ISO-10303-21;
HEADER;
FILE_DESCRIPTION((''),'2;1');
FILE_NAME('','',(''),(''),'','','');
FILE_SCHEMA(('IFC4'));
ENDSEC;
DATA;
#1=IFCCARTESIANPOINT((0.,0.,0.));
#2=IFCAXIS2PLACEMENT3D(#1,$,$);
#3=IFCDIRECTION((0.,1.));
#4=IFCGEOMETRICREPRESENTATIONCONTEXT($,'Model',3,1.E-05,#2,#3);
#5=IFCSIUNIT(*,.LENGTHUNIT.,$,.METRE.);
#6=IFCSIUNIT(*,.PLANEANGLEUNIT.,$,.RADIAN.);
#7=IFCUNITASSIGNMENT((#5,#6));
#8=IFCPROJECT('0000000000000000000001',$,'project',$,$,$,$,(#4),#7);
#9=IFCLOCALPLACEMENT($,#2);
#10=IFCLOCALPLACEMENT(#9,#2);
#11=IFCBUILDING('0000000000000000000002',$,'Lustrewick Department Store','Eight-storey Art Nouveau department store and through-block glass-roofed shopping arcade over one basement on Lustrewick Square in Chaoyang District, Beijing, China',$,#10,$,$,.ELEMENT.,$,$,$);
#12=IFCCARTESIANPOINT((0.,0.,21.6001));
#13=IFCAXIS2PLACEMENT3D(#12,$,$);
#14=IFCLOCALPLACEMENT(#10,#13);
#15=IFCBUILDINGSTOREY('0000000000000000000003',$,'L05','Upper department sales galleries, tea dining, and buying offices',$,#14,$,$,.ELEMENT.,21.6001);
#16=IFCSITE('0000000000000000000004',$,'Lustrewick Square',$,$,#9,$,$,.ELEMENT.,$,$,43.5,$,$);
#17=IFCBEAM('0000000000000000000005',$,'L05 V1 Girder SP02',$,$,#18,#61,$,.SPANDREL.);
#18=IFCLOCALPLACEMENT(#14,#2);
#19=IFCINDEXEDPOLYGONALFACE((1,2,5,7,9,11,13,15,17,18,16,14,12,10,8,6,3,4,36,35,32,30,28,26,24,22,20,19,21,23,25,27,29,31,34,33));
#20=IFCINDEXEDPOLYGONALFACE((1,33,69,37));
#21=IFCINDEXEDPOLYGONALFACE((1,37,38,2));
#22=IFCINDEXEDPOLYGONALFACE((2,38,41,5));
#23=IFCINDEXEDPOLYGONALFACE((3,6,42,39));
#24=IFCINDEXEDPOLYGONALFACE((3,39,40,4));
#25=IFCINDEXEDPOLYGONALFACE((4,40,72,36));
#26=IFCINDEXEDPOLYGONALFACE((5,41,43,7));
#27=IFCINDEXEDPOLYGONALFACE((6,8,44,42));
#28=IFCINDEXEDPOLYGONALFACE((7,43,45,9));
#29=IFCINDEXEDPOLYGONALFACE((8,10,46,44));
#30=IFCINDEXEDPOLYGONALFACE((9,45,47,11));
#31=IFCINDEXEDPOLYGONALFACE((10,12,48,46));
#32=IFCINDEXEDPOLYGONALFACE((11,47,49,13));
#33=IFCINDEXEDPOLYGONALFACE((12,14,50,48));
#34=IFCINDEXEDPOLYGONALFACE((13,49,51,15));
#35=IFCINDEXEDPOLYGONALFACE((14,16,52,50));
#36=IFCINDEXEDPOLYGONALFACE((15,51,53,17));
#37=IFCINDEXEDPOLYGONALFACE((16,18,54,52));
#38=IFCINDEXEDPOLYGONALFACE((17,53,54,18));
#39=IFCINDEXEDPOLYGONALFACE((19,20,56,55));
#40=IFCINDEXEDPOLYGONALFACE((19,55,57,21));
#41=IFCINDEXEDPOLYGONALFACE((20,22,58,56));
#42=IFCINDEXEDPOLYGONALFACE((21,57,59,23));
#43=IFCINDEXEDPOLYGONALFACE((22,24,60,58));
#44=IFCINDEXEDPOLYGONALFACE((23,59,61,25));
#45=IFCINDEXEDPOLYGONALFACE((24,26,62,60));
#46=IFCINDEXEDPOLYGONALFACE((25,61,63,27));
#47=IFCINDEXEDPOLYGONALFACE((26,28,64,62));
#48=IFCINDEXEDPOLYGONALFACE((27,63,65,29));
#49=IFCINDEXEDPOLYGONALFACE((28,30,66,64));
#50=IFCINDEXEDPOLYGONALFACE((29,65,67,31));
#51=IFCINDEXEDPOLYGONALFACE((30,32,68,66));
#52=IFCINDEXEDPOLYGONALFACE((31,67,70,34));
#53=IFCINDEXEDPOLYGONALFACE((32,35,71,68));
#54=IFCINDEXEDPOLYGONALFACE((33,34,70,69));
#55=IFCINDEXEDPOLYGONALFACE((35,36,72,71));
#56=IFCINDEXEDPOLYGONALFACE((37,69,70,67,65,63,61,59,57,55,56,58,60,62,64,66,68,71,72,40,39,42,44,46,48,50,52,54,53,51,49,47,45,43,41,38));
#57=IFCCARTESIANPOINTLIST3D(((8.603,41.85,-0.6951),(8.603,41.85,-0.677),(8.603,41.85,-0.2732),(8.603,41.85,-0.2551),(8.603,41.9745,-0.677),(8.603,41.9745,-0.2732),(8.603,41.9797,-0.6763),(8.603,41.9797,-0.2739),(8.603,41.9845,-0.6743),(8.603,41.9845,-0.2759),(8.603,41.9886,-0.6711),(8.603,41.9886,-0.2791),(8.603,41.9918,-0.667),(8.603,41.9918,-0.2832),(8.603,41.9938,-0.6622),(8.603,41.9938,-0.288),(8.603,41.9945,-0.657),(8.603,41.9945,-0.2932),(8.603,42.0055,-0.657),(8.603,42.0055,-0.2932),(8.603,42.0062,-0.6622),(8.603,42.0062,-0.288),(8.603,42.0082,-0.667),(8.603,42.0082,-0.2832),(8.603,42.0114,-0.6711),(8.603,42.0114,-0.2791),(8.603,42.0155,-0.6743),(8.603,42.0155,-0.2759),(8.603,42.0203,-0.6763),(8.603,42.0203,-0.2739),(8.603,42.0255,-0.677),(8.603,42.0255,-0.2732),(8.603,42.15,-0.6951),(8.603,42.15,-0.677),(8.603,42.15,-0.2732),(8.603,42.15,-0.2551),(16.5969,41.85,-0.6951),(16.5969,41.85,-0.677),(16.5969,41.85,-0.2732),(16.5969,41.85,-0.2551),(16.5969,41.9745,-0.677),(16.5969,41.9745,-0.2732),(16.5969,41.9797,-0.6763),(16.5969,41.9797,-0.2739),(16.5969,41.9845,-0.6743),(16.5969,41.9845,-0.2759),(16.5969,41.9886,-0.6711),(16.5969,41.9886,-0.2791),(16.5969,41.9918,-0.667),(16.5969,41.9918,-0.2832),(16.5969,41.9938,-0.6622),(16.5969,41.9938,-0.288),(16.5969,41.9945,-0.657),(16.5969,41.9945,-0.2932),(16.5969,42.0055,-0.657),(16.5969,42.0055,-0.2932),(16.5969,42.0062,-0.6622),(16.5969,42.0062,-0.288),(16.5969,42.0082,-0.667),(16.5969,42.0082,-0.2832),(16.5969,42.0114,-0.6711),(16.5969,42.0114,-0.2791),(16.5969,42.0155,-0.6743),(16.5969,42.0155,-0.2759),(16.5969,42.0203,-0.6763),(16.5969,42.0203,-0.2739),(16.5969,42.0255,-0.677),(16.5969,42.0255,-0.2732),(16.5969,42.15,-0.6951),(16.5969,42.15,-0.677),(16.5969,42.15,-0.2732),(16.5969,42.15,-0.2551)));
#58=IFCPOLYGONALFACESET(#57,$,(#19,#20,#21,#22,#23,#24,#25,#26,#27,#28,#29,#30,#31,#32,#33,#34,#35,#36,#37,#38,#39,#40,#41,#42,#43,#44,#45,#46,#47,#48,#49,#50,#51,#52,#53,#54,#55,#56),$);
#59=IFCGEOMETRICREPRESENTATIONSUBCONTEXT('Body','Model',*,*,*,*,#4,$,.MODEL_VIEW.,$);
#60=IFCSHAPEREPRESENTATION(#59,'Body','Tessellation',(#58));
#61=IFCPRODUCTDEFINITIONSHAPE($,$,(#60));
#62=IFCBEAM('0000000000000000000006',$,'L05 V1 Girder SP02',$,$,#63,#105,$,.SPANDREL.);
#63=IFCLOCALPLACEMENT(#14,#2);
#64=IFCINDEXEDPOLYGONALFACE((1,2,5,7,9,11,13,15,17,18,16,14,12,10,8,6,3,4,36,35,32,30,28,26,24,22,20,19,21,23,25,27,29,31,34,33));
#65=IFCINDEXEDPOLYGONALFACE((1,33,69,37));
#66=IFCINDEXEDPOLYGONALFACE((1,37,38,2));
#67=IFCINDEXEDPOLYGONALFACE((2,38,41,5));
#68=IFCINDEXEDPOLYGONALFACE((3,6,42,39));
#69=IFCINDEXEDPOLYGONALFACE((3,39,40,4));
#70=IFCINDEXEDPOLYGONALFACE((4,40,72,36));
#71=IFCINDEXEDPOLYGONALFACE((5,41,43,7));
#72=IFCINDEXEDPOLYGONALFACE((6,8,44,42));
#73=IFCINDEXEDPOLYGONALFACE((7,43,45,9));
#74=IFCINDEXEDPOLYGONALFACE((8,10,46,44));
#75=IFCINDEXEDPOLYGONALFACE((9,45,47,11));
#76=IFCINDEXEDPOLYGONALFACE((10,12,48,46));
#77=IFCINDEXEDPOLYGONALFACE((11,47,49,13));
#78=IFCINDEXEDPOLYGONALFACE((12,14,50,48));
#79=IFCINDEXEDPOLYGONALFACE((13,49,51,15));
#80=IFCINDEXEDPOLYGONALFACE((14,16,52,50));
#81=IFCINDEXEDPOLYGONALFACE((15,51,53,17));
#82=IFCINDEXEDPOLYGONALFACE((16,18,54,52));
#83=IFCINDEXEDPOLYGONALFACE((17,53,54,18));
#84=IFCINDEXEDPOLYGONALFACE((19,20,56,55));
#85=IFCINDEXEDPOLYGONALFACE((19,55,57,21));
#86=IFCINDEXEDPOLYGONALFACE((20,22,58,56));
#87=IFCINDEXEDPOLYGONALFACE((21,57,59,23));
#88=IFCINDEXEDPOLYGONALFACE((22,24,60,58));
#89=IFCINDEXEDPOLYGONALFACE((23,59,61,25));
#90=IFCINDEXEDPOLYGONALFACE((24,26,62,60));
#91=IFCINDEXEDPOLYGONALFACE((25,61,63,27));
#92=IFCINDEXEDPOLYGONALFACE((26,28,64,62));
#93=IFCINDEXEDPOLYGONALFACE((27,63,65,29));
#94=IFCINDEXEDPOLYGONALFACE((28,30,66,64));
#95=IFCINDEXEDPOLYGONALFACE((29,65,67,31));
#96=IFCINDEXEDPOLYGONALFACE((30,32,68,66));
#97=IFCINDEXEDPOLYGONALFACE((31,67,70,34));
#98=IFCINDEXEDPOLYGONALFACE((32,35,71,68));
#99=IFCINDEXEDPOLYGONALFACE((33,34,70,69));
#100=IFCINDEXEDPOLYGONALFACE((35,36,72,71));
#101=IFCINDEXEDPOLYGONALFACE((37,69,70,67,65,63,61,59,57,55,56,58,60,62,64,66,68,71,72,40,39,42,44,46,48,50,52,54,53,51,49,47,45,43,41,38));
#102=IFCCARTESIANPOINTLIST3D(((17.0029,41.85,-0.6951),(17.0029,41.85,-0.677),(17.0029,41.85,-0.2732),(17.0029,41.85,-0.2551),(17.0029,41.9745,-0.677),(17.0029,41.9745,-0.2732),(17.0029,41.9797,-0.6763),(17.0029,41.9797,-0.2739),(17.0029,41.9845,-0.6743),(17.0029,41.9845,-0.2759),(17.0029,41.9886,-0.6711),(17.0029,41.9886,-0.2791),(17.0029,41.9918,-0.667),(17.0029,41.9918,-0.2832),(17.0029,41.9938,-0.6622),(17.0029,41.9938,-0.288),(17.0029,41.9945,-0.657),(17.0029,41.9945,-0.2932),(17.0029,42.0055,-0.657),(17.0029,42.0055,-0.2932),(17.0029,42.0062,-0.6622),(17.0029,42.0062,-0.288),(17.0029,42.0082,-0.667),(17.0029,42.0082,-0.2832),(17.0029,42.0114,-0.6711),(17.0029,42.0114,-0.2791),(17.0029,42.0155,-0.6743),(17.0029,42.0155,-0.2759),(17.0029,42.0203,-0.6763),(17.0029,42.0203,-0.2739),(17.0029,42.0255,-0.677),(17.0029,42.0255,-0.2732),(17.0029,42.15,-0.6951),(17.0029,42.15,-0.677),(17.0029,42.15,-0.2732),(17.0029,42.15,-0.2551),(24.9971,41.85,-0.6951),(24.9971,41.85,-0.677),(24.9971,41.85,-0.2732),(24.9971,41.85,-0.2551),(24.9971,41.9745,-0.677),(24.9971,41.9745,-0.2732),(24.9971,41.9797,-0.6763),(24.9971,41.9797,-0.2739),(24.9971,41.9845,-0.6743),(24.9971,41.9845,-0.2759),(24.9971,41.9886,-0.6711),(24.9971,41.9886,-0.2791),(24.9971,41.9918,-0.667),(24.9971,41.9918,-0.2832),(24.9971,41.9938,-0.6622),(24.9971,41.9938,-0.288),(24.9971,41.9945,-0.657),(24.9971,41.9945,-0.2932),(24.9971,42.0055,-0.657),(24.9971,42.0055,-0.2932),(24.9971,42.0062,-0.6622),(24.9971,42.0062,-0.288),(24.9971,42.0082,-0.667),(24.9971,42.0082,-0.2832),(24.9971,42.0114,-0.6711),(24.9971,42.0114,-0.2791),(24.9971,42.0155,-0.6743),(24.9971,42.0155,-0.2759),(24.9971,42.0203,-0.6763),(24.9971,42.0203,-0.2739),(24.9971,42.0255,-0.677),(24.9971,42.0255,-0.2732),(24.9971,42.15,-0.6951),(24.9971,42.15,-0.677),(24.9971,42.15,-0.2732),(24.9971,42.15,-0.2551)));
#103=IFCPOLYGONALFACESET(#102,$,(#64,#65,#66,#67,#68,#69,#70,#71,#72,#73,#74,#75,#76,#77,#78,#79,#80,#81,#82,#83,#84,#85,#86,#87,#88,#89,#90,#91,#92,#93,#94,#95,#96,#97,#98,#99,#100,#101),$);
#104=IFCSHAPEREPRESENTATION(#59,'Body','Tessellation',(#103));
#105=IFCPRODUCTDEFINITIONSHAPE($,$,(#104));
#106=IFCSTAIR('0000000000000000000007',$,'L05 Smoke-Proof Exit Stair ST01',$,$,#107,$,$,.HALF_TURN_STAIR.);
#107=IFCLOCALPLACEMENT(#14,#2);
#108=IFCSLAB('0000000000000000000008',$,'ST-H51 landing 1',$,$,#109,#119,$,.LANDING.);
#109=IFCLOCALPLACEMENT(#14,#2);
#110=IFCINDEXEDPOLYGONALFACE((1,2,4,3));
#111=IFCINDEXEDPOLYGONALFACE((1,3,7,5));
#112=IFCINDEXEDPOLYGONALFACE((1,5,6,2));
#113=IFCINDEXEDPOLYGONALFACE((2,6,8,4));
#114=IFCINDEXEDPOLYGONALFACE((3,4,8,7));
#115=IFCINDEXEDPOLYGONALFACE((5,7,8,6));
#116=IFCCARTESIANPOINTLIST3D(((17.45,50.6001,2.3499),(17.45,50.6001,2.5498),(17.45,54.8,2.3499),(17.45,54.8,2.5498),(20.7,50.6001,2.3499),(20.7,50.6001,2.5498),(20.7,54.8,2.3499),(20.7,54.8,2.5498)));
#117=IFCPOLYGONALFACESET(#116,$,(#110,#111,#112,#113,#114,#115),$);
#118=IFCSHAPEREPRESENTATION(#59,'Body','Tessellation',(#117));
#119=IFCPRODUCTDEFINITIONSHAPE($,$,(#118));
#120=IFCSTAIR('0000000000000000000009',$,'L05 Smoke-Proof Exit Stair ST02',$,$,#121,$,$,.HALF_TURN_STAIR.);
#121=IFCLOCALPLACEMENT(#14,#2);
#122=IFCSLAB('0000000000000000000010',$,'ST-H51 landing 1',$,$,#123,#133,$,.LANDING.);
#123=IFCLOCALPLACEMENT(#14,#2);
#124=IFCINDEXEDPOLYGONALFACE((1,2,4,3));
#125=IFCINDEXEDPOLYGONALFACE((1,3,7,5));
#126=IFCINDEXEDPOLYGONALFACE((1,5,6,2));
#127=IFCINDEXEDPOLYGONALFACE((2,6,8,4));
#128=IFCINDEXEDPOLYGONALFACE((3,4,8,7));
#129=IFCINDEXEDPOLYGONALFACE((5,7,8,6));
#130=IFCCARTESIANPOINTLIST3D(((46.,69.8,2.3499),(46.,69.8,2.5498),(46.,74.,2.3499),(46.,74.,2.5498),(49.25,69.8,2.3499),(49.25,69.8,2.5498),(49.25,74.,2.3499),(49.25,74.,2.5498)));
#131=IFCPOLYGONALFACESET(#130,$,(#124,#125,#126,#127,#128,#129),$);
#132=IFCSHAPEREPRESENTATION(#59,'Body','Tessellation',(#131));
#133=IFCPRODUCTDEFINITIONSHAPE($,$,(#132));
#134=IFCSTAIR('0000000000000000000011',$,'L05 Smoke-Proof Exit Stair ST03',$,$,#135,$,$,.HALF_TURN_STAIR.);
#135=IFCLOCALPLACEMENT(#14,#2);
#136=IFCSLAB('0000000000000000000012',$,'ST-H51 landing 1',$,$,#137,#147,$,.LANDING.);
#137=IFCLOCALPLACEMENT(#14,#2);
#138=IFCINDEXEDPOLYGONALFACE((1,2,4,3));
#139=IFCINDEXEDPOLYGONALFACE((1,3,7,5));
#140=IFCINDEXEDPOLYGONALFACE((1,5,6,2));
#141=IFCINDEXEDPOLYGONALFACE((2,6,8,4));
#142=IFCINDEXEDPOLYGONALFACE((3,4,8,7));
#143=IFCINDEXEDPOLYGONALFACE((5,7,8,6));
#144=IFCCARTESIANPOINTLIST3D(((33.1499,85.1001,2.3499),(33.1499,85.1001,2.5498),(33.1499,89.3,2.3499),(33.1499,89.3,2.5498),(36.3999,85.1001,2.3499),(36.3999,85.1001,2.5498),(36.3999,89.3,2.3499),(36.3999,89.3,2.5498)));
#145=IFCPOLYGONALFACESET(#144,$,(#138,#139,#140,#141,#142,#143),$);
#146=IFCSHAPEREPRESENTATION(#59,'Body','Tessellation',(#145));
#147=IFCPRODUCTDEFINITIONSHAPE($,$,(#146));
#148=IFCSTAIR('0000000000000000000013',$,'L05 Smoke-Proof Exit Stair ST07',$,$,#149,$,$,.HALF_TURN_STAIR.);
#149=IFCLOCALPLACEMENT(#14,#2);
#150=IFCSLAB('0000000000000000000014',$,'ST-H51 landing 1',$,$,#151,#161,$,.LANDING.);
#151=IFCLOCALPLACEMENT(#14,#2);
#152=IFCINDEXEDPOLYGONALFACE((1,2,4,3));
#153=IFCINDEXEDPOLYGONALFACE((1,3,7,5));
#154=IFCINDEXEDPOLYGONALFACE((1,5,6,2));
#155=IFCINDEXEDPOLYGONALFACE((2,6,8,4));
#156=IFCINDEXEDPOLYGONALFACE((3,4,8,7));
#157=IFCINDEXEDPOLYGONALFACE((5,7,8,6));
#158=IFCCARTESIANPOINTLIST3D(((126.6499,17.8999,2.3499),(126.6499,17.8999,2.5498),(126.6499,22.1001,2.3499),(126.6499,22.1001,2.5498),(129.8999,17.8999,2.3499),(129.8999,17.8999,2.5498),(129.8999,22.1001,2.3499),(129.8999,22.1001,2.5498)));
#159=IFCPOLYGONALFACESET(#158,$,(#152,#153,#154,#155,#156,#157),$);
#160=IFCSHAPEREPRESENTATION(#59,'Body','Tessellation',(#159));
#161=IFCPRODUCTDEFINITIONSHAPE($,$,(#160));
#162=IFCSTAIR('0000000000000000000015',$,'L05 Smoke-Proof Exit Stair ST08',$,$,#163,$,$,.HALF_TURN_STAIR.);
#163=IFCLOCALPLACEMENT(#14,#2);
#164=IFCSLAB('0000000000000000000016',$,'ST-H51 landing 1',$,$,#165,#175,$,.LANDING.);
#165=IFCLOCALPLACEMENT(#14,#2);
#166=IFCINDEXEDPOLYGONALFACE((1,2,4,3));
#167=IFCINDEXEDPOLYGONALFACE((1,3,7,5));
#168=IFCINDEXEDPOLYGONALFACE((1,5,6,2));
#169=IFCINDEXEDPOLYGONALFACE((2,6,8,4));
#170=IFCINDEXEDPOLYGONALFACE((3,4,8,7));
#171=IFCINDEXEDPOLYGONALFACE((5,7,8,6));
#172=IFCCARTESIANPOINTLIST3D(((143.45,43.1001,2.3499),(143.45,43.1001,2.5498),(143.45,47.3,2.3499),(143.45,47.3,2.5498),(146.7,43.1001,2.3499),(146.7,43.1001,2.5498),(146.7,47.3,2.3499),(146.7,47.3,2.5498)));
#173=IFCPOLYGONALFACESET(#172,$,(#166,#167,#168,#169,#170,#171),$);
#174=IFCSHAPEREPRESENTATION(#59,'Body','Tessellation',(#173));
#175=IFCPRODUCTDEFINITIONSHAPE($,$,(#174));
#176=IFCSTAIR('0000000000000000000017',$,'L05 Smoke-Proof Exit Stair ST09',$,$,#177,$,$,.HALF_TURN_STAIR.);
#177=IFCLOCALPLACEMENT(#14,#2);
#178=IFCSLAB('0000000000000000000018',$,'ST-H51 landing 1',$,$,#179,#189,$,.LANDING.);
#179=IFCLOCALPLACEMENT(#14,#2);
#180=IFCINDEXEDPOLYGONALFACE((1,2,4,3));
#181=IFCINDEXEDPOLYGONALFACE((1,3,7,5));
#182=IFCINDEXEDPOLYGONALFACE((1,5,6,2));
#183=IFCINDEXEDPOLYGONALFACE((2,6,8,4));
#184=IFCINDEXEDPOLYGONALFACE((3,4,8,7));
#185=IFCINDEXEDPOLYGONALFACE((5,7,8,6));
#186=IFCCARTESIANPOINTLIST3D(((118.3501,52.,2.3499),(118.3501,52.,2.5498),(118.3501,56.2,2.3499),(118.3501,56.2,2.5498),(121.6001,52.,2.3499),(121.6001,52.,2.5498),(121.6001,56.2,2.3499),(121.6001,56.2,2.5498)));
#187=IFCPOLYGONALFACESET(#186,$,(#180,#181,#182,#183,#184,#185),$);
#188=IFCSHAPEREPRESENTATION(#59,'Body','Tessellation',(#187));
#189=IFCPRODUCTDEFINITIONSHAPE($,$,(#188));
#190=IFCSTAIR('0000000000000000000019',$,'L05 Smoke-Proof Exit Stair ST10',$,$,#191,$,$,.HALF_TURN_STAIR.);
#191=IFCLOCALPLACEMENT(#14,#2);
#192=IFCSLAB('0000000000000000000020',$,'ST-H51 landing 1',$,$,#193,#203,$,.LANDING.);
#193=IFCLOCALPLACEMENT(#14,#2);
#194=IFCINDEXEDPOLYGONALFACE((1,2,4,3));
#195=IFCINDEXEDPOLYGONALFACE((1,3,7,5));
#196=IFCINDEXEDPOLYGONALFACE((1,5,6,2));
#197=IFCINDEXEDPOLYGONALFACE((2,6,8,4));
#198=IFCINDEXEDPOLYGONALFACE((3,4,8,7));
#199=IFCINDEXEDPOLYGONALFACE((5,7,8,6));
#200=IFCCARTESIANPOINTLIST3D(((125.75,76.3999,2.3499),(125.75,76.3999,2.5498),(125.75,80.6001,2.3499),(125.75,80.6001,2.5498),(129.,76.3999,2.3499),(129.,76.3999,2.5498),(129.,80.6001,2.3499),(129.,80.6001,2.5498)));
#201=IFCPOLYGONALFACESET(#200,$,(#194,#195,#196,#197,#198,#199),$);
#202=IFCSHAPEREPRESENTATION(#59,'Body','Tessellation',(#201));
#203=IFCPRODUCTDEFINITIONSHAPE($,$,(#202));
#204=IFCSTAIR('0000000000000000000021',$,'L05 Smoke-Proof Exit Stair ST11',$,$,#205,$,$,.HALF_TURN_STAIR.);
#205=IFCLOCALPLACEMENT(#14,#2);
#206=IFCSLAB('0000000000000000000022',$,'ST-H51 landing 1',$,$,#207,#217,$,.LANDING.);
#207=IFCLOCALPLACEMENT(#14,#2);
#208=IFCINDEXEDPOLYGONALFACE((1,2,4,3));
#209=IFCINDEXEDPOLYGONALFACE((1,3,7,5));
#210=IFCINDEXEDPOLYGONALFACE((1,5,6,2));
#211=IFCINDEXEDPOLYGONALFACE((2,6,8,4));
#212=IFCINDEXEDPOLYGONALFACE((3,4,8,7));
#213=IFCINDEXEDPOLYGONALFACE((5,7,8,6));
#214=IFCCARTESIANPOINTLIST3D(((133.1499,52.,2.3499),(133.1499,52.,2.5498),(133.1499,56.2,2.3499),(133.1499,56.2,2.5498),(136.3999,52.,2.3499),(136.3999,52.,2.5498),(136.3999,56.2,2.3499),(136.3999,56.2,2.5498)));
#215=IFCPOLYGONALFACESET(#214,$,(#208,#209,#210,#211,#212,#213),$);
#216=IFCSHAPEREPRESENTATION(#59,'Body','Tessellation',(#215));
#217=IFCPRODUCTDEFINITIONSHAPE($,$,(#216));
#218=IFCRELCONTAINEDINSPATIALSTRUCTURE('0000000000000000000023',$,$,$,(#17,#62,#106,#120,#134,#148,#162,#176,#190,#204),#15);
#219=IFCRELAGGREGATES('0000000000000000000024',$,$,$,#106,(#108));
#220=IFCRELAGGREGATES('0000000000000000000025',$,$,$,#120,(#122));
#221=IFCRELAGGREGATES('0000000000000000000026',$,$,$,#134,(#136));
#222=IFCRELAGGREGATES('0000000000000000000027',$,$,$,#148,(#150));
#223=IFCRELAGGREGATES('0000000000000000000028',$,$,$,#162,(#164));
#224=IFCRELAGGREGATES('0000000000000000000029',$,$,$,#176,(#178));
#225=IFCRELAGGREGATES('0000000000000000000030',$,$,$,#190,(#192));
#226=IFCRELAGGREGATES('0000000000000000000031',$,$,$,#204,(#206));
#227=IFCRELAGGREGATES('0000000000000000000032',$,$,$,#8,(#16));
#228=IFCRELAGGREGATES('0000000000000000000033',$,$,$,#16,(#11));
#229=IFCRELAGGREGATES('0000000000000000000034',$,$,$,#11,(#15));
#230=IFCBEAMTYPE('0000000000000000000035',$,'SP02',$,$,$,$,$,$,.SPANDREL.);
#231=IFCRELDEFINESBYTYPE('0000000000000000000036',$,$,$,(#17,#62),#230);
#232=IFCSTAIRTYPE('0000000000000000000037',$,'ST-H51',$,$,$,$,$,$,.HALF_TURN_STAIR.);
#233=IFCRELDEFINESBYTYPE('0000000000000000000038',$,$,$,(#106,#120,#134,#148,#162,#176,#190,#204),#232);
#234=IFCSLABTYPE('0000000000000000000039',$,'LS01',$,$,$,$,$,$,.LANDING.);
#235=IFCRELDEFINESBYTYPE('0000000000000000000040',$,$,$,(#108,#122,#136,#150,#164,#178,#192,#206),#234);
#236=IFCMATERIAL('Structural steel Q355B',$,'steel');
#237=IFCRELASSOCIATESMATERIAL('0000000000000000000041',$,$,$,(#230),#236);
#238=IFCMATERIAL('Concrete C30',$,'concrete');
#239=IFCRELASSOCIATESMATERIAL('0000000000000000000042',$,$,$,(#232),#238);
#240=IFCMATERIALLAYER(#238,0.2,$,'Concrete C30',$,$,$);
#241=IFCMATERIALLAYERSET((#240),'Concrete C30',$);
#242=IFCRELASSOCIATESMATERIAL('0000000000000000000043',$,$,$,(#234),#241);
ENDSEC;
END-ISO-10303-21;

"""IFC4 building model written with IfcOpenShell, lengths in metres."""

from ifc_helpers import new_model, si_unit, direction, frame, origin, origin_2d, place, context, subcontext, project, spatial, polyline, i_section, outline, extrude, material, layer, layer_set, material_profile, profile_set, type_object, element, aggregate, save


model = new_model("IFC4")

# Units and contexts
model_context = context("Model", 3, precision=1e-05, world=origin(), true_north=direction((0.0, 1.0)))
body_context = subcontext(model_context, "Body", "Model", "MODEL_VIEW")
ifc_project = project(units=[si_unit("LENGTHUNIT", "METRE"), si_unit("PLANEANGLEUNIT", "RADIAN")], contexts=[model_context])

# Site, building, storey
site_placement = place(None, origin())
site = spatial("IfcSite", under=ifc_project, at=site_placement, Name="Lustrewick Square", CompositionType="ELEMENT", RefElevation=43.5)
building_placement = place(site_placement, origin())
building = spatial("IfcBuilding", under=site, at=building_placement, Name="Lustrewick Department Store", Description="Eight-storey Art Nouveau department store and through-block glass-roofed shopping arcade over one basement on Lustrewick Square in Chaoyang District, Beijing, China", CompositionType="ELEMENT")
storey_placement = place(building_placement, frame((0.0, 0.0, 21.6001)))
storey = spatial("IfcBuildingStorey", under=building, at=storey_placement, Name="L05", Description="Upper department sales galleries, tea dining, and buying offices", CompositionType="ELEMENT", Elevation=21.6001)

# Shared definitions
ifc_material_1 = material(Name="Structural steel Q355B", Category="steel")

# Beams
ifc_material_profile_1 = material_profile(ifc_material_1, i_section(OverallWidth=0.3, OverallDepth=0.4399, WebThickness=0.011, FlangeThickness=0.0181, FilletRadius=0.02, at=origin_2d()), Name="HM 440x300x11x18")
ifc_profile_set_1 = profile_set([ifc_material_profile_1], Name="Structural steel Q355B")
beam_type = type_object("IfcBeamType", Name="SP02", PredefinedType="SPANDREL", material=ifc_profile_set_1)
beam_1_placement = place(storey_placement, frame((8.603, 42.0, -0.4751), z_axis=(1.0, 0.0, 0.0), x_axis=(0.0, 1.0, 0.0)))
element("IfcBeam", 1, at=beam_1_placement, inside=storey, type_object=beam_type, Name="L05 V1 Girder SP02", PredefinedType="SPANDREL", context=body_context, shape_type="SweptSolid", body=[
    extrude(i_section(OverallWidth=0.3, OverallDepth=0.4399, WebThickness=0.011, FlangeThickness=0.0181, FilletRadius=0.02, at=origin_2d()), origin(), (0.0, 0.0, 1.0), 7.9939),
])
beam_2_placement = place(storey_placement, frame((17.0029, 42.0, -0.4751), z_axis=(1.0, 0.0, 0.0), x_axis=(0.0, 1.0, 0.0)))
element("IfcBeam", 2, at=beam_2_placement, inside=storey, type_object=beam_type, Name="L05 V1 Girder SP02", PredefinedType="SPANDREL", context=body_context, shape_type="SweptSolid", body=[
    extrude(i_section(OverallWidth=0.3, OverallDepth=0.4399, WebThickness=0.011, FlangeThickness=0.0181, FilletRadius=0.02, at=origin_2d()), origin(), (0.0, 0.0, 1.0), 7.9941),
])

# Stairs, slabs
ifc_material_2 = material(Name="Concrete C30", Category="concrete")
stair_type = type_object("IfcStairType", Name="ST-H51", PredefinedType="HALF_TURN_STAIR", material=ifc_material_2)
stair_1_placement = place(storey_placement, origin())
stair_1 = element("IfcStair", 3, at=stair_1_placement, inside=storey, type_object=stair_type, Name="L05 Smoke-Proof Exit Stair ST01", PredefinedType="HALF_TURN_STAIR")
ifc_layer_1 = layer(ifc_material_2, 0.2, Name="Concrete C30")
ifc_layer_set_1 = layer_set([ifc_layer_1], Name="Concrete C30")
slab_type_1 = type_object("IfcSlabType", Name="LS01", PredefinedType="LANDING", material=ifc_layer_set_1)
slab_1_placement = place(storey_placement, frame((0.0, 0.0, 2.3499)))
slab_1 = element("IfcSlab", 4, at=slab_1_placement, type_object=slab_type_1, Name="ST-H51 landing 1", PredefinedType="LANDING", context=body_context, shape_type="SweptSolid", body=[
    extrude(outline(polyline([(17.45, 50.6001), (20.7, 50.6001), (20.7, 54.8), (17.45, 54.8), (17.45, 50.6001)])), origin(), (0.0, 0.0, 1.0), 0.2),
])
aggregate(stair_1, [slab_1])
stair_2_placement = place(storey_placement, origin())
stair_2 = element("IfcStair", 5, at=stair_2_placement, inside=storey, type_object=stair_type, Name="L05 Smoke-Proof Exit Stair ST02", PredefinedType="HALF_TURN_STAIR")
slab_2_placement = place(storey_placement, frame((0.0, 0.0, 2.3499)))
slab_2 = element("IfcSlab", 6, at=slab_2_placement, type_object=slab_type_1, Name="ST-H51 landing 1", PredefinedType="LANDING", context=body_context, shape_type="SweptSolid", body=[
    extrude(outline(polyline([(49.25, 74.0), (46.0, 74.0), (46.0, 69.8), (49.25, 69.8), (49.25, 74.0)])), origin(), (0.0, 0.0, 1.0), 0.2),
])
aggregate(stair_2, [slab_2])
stair_3_placement = place(storey_placement, origin())
stair_3 = element("IfcStair", 7, at=stair_3_placement, inside=storey, type_object=stair_type, Name="L05 Smoke-Proof Exit Stair ST03", PredefinedType="HALF_TURN_STAIR")
slab_3_placement = place(storey_placement, frame((0.0, 0.0, 2.3499)))
slab_3 = element("IfcSlab", 8, at=slab_3_placement, type_object=slab_type_1, Name="ST-H51 landing 1", PredefinedType="LANDING", context=body_context, shape_type="SweptSolid", body=[
    extrude(outline(polyline([(33.1499, 85.1001), (36.3999, 85.1001), (36.3999, 89.3), (33.1499, 89.3), (33.1499, 85.1001)])), origin(), (0.0, 0.0, 1.0), 0.2),
])
aggregate(stair_3, [slab_3])
stair_4_placement = place(storey_placement, origin())
stair_4 = element("IfcStair", 9, at=stair_4_placement, inside=storey, type_object=stair_type, Name="L05 Smoke-Proof Exit Stair ST07", PredefinedType="HALF_TURN_STAIR")
slab_4_placement = place(storey_placement, frame((0.0, 0.0, 2.3499)))
slab_4 = element("IfcSlab", 10, at=slab_4_placement, type_object=slab_type_1, Name="ST-H51 landing 1", PredefinedType="LANDING", context=body_context, shape_type="SweptSolid", body=[
    extrude(outline(polyline([(126.6499, 17.8999), (129.8999, 17.8999), (129.8999, 22.1001), (126.6499, 22.1001), (126.6499, 17.8999)])), origin(), (0.0, 0.0, 1.0), 0.2),
])
aggregate(stair_4, [slab_4])
stair_5_placement = place(storey_placement, origin())
stair_5 = element("IfcStair", 11, at=stair_5_placement, inside=storey, type_object=stair_type, Name="L05 Smoke-Proof Exit Stair ST08", PredefinedType="HALF_TURN_STAIR")
slab_5_placement = place(storey_placement, frame((0.0, 0.0, 2.3499)))
slab_5 = element("IfcSlab", 12, at=slab_5_placement, type_object=slab_type_1, Name="ST-H51 landing 1", PredefinedType="LANDING", context=body_context, shape_type="SweptSolid", body=[
    extrude(outline(polyline([(143.45, 43.1001), (146.7, 43.1001), (146.7, 47.3), (143.45, 47.3), (143.45, 43.1001)])), origin(), (0.0, 0.0, 1.0), 0.2),
])
aggregate(stair_5, [slab_5])
stair_6_placement = place(storey_placement, origin())
stair_6 = element("IfcStair", 13, at=stair_6_placement, inside=storey, type_object=stair_type, Name="L05 Smoke-Proof Exit Stair ST09", PredefinedType="HALF_TURN_STAIR")
slab_6_placement = place(storey_placement, frame((0.0, 0.0, 2.3499)))
slab_6 = element("IfcSlab", 14, at=slab_6_placement, type_object=slab_type_1, Name="ST-H51 landing 1", PredefinedType="LANDING", context=body_context, shape_type="SweptSolid", body=[
    extrude(outline(polyline([(118.3501, 52.0), (121.6001, 52.0), (121.6001, 56.2), (118.3501, 56.2), (118.3501, 52.0)])), origin(), (0.0, 0.0, 1.0), 0.2),
])
aggregate(stair_6, [slab_6])
stair_7_placement = place(storey_placement, origin())
stair_7 = element("IfcStair", 15, at=stair_7_placement, inside=storey, type_object=stair_type, Name="L05 Smoke-Proof Exit Stair ST10", PredefinedType="HALF_TURN_STAIR")
slab_7_placement = place(storey_placement, frame((0.0, 0.0, 2.3499)))
slab_7 = element("IfcSlab", 16, at=slab_7_placement, type_object=slab_type_1, Name="ST-H51 landing 1", PredefinedType="LANDING", context=body_context, shape_type="SweptSolid", body=[
    extrude(outline(polyline([(125.75, 76.3999), (129.0, 76.3999), (129.0, 80.6001), (125.75, 80.6001), (125.75, 76.3999)])), origin(), (0.0, 0.0, 1.0), 0.2),
])
aggregate(stair_7, [slab_7])
stair_8_placement = place(storey_placement, origin())
stair_8 = element("IfcStair", 17, at=stair_8_placement, inside=storey, type_object=stair_type, Name="L05 Smoke-Proof Exit Stair ST11", PredefinedType="HALF_TURN_STAIR")
slab_8_placement = place(storey_placement, frame((0.0, 0.0, 2.3499)))
slab_8 = element("IfcSlab", 18, at=slab_8_placement, type_object=slab_type_1, Name="ST-H51 landing 1", PredefinedType="LANDING", context=body_context, shape_type="SweptSolid", body=[
    extrude(outline(polyline([(133.1499, 52.0), (136.3999, 52.0), (136.3999, 56.2), (133.1499, 56.2), (133.1499, 52.0)])), origin(), (0.0, 0.0, 1.0), 0.2),
])
aggregate(stair_8, [slab_8])

save(model, "model.ifc")
